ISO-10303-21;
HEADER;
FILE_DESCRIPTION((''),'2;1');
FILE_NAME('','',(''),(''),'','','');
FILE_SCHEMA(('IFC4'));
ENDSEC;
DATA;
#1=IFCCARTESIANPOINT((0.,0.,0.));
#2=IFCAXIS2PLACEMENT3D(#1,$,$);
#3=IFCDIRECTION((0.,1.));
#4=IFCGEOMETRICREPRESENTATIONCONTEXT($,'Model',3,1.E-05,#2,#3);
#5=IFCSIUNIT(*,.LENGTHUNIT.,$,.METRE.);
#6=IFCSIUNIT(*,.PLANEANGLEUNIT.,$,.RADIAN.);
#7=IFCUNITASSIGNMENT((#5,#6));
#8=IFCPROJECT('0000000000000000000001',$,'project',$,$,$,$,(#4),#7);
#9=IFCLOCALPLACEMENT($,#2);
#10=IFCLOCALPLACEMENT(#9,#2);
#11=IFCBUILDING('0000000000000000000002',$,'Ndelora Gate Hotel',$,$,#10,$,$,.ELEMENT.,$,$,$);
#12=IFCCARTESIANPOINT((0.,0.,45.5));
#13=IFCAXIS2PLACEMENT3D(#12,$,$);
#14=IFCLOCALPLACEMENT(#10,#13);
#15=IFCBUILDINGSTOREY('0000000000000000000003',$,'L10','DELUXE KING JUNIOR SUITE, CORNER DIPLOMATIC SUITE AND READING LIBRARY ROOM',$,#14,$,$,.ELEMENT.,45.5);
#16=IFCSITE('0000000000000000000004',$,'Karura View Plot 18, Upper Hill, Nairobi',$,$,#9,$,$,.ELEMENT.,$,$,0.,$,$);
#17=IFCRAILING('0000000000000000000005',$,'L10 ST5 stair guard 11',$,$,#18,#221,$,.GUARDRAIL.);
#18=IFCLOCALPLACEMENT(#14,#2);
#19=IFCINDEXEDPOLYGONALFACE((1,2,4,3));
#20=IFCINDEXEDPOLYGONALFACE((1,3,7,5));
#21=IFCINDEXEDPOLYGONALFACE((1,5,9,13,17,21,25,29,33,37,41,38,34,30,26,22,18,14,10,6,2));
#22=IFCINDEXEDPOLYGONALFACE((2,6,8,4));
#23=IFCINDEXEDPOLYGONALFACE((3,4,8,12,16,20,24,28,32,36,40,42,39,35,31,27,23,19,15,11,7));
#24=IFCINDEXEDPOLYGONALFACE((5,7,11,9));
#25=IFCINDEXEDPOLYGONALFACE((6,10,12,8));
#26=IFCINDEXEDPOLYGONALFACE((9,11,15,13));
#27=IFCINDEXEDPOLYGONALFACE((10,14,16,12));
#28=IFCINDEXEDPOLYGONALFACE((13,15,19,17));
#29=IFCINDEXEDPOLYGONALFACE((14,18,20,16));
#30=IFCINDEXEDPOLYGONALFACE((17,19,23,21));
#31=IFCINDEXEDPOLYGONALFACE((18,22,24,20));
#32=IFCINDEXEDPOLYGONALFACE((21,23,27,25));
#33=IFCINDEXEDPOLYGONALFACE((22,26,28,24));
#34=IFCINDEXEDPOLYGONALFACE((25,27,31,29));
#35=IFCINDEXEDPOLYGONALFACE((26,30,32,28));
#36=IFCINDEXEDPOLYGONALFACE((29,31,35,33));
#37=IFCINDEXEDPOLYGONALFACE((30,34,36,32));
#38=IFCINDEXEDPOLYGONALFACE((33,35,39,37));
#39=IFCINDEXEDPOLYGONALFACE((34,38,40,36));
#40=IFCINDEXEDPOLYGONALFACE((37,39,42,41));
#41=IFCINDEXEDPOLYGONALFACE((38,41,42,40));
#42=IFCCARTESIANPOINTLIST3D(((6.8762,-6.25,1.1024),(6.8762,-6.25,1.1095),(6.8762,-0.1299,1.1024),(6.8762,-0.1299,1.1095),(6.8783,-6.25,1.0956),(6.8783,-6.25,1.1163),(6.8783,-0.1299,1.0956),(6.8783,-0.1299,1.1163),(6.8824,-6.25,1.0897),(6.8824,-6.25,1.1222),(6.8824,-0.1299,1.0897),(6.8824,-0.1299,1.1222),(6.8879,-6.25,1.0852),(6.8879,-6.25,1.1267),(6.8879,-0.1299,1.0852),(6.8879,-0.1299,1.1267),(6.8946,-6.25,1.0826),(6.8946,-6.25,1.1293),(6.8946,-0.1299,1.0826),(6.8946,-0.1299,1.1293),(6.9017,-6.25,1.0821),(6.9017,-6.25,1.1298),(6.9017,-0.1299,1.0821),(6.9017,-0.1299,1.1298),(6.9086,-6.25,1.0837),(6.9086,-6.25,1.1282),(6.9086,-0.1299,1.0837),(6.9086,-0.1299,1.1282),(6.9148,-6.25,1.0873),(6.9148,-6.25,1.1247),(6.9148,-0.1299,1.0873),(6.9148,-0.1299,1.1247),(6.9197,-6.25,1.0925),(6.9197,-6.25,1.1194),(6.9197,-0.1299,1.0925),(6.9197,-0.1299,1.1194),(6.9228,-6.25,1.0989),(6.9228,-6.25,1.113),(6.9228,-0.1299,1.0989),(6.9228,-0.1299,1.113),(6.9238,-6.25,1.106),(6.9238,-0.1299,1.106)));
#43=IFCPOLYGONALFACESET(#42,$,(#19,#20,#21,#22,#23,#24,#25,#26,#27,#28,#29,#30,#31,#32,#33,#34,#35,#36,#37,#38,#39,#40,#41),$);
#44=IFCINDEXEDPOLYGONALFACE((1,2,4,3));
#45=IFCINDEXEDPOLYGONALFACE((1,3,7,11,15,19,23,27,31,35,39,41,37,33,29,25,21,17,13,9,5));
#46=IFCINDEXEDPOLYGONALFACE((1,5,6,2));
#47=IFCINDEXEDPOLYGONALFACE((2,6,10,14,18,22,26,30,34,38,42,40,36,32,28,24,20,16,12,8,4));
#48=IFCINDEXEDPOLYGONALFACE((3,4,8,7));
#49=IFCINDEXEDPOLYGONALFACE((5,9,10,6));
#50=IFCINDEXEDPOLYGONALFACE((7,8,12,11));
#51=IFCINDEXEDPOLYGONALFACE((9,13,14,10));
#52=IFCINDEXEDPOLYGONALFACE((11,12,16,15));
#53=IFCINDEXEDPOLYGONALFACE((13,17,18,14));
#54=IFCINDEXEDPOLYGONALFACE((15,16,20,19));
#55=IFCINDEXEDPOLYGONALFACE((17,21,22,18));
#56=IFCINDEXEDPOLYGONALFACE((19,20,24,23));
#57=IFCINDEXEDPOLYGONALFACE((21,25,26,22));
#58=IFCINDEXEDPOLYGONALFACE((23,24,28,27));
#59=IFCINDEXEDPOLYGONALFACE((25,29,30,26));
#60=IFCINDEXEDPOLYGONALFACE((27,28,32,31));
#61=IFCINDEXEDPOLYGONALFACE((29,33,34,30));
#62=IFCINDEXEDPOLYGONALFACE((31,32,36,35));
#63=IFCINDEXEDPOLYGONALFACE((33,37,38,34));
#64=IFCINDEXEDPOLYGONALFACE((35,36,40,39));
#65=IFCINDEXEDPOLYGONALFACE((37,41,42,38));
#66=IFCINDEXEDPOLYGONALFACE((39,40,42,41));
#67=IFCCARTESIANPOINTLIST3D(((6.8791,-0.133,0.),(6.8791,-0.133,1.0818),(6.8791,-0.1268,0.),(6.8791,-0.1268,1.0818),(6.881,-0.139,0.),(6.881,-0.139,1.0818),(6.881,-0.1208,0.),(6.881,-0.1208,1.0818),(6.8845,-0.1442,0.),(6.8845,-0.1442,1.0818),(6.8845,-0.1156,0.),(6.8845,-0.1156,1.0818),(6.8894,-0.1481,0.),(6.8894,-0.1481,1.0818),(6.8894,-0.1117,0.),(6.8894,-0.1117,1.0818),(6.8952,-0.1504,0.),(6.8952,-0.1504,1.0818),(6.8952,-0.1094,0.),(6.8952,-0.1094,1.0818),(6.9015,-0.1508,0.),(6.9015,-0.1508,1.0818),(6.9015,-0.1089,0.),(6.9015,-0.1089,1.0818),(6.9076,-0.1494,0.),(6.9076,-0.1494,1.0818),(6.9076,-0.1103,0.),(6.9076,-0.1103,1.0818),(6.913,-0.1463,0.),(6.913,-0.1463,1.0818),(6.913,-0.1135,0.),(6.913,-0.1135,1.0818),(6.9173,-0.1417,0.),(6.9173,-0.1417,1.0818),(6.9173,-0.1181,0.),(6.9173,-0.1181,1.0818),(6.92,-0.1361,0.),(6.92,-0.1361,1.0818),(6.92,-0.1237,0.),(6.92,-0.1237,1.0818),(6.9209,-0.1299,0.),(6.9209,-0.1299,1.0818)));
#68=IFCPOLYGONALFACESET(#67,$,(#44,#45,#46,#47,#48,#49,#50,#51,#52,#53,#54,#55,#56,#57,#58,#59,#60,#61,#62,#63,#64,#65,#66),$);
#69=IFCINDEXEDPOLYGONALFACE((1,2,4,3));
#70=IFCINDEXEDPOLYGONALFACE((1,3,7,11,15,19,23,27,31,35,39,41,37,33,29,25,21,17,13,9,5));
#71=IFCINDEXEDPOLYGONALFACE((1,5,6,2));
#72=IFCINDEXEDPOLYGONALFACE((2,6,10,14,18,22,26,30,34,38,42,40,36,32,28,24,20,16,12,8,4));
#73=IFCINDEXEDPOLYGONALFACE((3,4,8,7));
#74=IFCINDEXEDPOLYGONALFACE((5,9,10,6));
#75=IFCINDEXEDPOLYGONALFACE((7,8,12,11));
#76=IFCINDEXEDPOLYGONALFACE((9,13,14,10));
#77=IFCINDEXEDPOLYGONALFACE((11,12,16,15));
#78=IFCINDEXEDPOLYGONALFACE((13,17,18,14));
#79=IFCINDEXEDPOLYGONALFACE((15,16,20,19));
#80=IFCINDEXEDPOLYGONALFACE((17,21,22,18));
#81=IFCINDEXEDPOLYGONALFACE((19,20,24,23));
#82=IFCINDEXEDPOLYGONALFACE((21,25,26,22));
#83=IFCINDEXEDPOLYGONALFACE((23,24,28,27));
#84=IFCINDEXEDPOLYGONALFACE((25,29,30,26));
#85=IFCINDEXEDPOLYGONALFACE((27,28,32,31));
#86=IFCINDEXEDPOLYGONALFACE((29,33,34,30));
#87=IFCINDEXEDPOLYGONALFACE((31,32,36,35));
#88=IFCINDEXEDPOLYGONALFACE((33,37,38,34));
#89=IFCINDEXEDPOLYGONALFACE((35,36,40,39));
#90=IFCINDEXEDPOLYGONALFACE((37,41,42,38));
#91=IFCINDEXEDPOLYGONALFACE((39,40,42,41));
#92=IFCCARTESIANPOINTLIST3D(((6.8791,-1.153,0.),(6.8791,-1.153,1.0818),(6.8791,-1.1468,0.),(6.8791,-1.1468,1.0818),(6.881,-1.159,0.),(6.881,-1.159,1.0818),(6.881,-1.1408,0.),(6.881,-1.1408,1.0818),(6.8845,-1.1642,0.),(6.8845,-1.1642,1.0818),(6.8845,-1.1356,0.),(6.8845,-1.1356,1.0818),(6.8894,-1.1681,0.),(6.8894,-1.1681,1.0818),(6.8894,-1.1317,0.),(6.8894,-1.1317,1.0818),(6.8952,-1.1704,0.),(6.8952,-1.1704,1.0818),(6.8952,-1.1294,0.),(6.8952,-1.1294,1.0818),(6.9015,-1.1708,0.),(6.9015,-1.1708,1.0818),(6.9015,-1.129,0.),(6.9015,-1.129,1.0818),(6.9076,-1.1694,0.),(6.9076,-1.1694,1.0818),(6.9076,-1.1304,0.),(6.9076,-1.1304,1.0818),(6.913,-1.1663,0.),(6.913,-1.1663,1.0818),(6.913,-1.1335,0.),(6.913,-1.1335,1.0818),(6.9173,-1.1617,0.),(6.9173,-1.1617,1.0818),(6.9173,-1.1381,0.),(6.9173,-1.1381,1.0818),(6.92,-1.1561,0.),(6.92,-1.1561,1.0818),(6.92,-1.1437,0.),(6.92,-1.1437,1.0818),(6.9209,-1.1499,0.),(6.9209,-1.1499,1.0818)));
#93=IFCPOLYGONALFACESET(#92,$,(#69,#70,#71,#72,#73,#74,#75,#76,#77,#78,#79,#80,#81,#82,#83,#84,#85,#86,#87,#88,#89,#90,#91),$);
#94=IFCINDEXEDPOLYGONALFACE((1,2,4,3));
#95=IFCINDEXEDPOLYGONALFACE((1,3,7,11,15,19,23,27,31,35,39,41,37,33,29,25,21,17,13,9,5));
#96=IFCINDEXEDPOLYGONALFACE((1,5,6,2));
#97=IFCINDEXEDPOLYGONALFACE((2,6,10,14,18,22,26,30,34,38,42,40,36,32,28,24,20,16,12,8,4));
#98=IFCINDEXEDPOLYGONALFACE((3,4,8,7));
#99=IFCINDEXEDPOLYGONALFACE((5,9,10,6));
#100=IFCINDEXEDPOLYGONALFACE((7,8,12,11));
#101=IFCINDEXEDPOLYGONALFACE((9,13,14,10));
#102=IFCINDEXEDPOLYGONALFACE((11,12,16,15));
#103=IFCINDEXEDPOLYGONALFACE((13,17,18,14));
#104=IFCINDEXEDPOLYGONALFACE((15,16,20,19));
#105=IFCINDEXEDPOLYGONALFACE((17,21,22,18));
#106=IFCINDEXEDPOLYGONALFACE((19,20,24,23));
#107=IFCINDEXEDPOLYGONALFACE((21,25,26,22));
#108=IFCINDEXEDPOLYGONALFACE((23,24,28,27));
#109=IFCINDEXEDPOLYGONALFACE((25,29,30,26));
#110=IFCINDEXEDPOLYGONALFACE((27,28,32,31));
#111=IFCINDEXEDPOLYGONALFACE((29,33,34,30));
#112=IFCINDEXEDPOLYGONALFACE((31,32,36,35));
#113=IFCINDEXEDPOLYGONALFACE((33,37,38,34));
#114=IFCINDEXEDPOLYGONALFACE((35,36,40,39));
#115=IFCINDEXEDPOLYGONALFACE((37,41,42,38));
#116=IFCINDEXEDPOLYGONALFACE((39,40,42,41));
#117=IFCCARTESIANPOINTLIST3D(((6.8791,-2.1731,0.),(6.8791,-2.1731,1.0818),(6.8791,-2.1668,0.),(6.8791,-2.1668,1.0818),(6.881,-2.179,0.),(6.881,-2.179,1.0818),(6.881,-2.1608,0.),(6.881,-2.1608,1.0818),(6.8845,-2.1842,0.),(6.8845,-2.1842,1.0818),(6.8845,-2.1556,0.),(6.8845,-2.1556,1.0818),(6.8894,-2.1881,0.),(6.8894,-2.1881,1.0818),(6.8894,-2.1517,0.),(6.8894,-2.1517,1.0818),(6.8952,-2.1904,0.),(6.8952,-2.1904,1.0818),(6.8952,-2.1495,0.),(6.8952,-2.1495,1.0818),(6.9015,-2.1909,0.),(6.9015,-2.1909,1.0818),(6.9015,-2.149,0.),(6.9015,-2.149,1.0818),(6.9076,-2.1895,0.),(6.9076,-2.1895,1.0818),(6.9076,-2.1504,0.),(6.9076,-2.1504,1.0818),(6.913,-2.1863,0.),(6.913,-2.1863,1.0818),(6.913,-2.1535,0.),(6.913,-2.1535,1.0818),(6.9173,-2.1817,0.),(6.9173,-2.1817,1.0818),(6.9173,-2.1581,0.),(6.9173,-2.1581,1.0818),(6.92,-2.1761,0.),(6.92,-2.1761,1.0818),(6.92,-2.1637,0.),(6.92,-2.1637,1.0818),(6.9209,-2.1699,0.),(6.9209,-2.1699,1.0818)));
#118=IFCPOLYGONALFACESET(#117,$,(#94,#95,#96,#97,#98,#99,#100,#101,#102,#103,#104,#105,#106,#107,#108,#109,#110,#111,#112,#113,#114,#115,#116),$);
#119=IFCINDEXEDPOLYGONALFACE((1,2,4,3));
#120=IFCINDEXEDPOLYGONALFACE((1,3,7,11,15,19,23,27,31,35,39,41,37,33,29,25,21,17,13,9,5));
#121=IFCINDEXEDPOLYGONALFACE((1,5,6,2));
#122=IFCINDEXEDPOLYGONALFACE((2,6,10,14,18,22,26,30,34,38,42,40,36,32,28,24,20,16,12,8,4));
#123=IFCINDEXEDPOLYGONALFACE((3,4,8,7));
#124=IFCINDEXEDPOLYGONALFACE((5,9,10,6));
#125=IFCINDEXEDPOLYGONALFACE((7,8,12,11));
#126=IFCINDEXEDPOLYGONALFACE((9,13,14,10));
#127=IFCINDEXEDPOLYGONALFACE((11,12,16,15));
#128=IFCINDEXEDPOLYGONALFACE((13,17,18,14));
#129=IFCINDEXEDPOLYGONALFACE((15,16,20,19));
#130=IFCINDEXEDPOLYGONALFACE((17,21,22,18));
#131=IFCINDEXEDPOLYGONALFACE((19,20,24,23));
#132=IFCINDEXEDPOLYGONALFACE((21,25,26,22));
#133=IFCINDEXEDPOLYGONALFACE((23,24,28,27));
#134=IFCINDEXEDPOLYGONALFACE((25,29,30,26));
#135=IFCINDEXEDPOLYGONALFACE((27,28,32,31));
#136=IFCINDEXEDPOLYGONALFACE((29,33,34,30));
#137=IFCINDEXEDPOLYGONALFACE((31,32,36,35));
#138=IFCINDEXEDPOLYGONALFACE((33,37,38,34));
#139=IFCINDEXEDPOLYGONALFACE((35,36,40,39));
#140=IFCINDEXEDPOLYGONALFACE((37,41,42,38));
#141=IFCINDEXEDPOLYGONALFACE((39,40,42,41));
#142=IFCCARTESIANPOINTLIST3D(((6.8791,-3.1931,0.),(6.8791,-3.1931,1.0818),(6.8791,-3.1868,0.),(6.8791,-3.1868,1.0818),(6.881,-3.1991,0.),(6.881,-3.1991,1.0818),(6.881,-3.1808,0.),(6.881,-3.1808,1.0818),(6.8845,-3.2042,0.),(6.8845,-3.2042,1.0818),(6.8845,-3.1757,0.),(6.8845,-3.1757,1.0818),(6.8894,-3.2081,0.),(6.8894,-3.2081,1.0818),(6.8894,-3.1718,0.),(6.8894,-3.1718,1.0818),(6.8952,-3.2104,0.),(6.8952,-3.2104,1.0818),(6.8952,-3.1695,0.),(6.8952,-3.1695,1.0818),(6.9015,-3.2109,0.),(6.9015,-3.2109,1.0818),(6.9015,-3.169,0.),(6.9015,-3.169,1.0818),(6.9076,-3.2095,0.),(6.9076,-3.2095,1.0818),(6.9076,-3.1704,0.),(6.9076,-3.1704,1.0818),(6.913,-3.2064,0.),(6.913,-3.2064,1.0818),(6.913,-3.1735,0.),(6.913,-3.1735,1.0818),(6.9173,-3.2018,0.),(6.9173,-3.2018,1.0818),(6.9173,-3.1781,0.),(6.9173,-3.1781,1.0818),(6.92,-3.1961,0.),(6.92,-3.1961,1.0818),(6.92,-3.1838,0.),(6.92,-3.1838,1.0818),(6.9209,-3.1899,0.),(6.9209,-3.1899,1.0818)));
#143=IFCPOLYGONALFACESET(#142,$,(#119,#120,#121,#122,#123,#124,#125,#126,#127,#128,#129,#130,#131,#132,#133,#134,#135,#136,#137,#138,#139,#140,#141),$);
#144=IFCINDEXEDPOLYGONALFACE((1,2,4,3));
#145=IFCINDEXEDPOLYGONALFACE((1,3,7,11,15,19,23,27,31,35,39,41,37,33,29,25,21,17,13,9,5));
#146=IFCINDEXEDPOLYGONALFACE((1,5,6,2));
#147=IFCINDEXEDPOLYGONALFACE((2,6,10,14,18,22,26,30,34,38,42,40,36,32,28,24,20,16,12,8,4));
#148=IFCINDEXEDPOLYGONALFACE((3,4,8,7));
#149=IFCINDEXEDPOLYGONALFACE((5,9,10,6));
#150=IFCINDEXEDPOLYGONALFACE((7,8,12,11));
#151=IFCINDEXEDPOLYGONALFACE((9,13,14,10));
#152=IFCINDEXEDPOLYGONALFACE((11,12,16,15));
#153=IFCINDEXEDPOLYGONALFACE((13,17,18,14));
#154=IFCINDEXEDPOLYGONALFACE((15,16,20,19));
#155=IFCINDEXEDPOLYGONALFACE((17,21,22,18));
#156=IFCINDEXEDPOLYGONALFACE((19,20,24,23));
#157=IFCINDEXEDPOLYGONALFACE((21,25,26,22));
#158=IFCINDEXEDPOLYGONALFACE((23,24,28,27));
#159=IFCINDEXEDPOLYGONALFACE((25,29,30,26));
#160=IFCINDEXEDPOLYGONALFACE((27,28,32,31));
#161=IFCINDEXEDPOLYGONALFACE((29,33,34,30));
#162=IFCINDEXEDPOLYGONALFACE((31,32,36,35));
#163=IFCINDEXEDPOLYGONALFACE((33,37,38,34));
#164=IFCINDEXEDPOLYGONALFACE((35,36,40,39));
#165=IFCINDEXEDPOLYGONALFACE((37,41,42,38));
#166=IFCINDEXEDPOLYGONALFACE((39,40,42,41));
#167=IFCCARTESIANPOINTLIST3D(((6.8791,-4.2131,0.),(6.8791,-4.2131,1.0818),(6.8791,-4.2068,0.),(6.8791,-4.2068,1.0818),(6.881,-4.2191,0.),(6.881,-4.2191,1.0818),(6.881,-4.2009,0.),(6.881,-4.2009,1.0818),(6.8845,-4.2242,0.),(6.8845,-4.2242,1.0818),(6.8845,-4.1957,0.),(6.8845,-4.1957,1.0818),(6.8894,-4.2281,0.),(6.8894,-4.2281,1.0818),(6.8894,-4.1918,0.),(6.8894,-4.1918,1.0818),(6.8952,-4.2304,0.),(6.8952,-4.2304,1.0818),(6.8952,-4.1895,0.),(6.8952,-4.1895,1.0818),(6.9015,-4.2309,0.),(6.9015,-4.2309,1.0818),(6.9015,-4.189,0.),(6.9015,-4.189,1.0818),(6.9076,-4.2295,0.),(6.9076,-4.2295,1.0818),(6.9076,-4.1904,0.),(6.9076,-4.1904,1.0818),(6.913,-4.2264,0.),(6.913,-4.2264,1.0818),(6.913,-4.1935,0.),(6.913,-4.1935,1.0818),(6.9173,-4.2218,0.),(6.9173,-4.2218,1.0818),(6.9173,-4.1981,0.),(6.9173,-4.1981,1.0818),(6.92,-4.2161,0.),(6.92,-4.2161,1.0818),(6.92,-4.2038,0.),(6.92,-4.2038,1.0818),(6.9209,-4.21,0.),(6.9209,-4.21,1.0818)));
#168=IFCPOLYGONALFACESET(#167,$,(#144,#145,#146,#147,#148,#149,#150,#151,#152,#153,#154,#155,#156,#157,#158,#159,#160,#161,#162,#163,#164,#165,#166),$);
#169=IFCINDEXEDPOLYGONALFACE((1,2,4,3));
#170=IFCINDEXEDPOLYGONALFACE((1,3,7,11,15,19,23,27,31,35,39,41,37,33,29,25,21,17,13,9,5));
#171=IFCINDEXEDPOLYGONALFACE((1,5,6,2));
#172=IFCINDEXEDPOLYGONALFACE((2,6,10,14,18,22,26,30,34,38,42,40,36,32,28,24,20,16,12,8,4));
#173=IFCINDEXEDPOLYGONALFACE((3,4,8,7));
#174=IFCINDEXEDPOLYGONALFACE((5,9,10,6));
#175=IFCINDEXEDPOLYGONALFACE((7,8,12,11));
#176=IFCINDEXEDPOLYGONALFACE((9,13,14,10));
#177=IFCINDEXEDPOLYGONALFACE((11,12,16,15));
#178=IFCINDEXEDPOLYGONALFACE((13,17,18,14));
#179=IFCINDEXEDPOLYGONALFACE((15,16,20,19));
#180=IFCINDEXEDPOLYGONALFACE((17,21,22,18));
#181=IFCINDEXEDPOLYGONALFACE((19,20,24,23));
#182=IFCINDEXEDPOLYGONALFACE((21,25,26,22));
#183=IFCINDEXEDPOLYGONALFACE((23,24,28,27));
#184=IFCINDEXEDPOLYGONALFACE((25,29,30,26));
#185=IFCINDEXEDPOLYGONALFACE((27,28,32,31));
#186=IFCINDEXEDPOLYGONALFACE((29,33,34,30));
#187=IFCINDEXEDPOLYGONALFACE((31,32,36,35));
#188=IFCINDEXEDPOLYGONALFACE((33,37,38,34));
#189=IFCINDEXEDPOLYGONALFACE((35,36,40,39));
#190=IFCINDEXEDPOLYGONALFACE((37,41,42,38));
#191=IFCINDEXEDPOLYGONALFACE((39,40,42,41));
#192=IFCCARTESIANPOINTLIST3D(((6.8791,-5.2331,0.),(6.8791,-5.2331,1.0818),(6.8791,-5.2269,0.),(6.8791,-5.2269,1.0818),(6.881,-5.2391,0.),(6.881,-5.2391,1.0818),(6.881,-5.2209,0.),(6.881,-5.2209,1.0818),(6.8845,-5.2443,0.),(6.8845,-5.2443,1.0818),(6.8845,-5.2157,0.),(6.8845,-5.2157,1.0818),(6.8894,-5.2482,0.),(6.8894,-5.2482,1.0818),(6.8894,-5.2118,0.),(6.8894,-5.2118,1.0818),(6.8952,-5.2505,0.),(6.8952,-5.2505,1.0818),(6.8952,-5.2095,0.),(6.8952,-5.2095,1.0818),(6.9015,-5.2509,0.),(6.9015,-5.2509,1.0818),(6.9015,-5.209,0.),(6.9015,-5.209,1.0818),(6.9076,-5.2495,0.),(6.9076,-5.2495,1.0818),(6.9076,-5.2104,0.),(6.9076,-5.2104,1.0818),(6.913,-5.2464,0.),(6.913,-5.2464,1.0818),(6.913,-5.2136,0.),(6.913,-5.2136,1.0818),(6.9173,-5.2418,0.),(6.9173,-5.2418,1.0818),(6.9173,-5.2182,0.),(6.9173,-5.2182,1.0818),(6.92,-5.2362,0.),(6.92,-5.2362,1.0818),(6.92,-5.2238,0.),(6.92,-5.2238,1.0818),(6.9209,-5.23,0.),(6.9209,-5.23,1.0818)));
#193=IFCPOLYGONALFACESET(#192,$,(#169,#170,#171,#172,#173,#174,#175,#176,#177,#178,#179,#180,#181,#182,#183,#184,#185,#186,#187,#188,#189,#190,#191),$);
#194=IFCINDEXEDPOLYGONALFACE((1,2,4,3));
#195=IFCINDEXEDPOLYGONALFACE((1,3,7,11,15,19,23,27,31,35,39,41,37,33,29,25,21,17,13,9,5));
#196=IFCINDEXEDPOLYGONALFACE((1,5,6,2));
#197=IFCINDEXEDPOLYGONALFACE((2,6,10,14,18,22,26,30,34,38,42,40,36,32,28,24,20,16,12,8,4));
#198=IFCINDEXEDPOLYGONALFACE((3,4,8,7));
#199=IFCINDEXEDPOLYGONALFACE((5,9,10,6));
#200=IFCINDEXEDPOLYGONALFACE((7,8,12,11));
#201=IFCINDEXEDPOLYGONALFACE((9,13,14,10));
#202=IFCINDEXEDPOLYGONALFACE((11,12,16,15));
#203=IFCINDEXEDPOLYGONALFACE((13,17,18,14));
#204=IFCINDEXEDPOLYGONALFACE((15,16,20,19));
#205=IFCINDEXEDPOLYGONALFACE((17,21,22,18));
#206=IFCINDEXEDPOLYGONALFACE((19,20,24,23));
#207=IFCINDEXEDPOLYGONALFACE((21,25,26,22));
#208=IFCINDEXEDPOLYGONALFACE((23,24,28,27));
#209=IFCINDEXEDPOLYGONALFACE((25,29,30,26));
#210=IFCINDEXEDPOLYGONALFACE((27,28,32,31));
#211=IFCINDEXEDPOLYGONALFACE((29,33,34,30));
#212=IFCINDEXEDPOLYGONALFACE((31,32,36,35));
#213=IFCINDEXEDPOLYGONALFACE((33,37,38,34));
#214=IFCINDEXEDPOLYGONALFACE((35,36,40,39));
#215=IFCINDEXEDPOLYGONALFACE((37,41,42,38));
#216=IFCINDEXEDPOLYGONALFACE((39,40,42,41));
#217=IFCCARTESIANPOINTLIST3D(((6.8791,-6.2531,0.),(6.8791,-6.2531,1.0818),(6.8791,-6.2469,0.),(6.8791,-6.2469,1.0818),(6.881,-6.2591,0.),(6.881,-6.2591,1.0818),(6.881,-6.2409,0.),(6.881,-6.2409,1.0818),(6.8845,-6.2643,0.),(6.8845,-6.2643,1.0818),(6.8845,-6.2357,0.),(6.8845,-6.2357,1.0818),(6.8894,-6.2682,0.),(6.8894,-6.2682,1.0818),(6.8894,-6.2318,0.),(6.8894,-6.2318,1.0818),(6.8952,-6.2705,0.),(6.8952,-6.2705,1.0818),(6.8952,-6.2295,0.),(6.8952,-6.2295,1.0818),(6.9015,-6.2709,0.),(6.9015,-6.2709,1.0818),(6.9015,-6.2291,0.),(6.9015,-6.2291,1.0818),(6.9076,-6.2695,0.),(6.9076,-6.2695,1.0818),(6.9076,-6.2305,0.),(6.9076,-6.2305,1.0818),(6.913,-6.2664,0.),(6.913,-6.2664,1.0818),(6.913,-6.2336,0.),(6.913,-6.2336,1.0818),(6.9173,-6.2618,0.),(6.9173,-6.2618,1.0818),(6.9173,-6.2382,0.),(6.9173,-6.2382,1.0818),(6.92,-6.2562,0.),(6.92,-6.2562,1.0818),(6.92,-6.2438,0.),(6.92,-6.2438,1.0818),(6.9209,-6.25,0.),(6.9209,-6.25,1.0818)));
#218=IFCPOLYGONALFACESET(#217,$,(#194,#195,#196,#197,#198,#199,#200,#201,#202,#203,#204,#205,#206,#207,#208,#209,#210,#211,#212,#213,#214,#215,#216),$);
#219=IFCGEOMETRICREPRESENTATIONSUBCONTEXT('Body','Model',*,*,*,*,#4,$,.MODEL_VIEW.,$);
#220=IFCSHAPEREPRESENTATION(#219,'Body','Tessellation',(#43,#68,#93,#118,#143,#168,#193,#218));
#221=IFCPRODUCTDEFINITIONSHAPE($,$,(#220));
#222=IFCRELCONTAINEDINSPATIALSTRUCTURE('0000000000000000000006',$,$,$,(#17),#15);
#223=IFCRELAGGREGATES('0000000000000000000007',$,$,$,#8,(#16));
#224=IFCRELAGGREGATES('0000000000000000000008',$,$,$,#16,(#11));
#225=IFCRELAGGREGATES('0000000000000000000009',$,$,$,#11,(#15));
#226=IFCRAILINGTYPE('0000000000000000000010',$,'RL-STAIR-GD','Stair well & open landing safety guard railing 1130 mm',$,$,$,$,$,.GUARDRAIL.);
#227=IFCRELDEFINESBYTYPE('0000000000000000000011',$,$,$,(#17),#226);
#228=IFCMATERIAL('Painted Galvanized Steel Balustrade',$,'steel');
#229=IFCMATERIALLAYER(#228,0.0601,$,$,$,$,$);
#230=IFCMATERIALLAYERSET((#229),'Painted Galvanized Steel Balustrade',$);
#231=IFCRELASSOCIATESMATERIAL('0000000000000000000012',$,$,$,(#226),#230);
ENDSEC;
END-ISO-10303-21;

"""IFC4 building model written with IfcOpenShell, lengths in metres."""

from ifc_helpers import new_model, si_unit, direction, frame, origin, origin_2d, place, context, subcontext, project, spatial, circle, extrude, material, layer, layer_set, type_object, element, save


model = new_model("IFC4")

# Units and contexts
model_context = context("Model", 3, precision=1e-05, world=origin(), true_north=direction((0.0, 1.0)))
body_context = subcontext(model_context, "Body", "Model", "MODEL_VIEW")
ifc_project = project(units=[si_unit("LENGTHUNIT", "METRE"), si_unit("PLANEANGLEUNIT", "RADIAN")], contexts=[model_context])

# Site, building, storey
site_placement = place(None, origin())
site = spatial("IfcSite", under=ifc_project, at=site_placement, Name="Karura View Plot 18, Upper Hill, Nairobi", CompositionType="ELEMENT", RefElevation=0.0)
building_placement = place(site_placement, origin())
building = spatial("IfcBuilding", under=site, at=building_placement, Name="Ndelora Gate Hotel", CompositionType="ELEMENT")
storey_placement = place(building_placement, frame((0.0, 0.0, 45.5)))
storey = spatial("IfcBuildingStorey", under=building, at=storey_placement, Name="L10", Description="DELUXE KING JUNIOR SUITE, CORNER DIPLOMATIC SUITE AND READING LIBRARY ROOM", CompositionType="ELEMENT", Elevation=45.5)

# Railing
ifc_material_1 = material(Name="Painted Galvanized Steel Balustrade", Category="steel")
ifc_layer_1 = layer(ifc_material_1, 0.0601)
ifc_layer_set_1 = layer_set([ifc_layer_1], Name="Painted Galvanized Steel Balustrade")
railing_type_1 = type_object("IfcRailingType", Name="RL-STAIR-GD", Description="Stair well & open landing safety guard railing 1130 mm", PredefinedType="GUARDRAIL", material=ifc_layer_set_1)
railing_1_placement = place(storey_placement, frame((6.8999, -0.1299, 0.0)))
element("IfcRailing", 1, at=railing_1_placement, inside=storey, type_object=railing_type_1, Name="L10 ST5 stair guard 11", PredefinedType="GUARDRAIL", context=body_context, shape_type="SweptSolid", body=[
    extrude(circle(Radius=0.0239, at=origin_2d()), frame((0.0, 0.0, 1.106), z_axis=(0.0, -1.0, 0.0), x_axis=(1.0, 0.0, 0.0)), (0.0, 0.0, 1.0), 6.1201),
    extrude(circle(Radius=0.021, at=origin_2d()), origin(), (0.0, 0.0, 1.0), 1.0818),
    extrude(circle(Radius=0.021, at=origin_2d()), frame((0.0, -1.02, 0.0)), (0.0, 0.0, 1.0), 1.0818),
    extrude(circle(Radius=0.021, at=origin_2d()), frame((0.0, -2.04, 0.0)), (0.0, 0.0, 1.0), 1.0818),
    extrude(circle(Radius=0.021, at=origin_2d()), frame((0.0, -3.0601, 0.0)), (0.0, 0.0, 1.0), 1.0818),
    extrude(circle(Radius=0.021, at=origin_2d()), frame((0.0, -4.0801, 0.0)), (0.0, 0.0, 1.0), 1.0818),
    extrude(circle(Radius=0.021, at=origin_2d()), frame((0.0, -5.1001, 0.0)), (0.0, 0.0, 1.0), 1.0818),
    extrude(circle(Radius=0.021, at=origin_2d()), frame((0.0, -6.1201, 0.0)), (0.0, 0.0, 1.0), 1.0818),
])

save(model, "model.ifc")
